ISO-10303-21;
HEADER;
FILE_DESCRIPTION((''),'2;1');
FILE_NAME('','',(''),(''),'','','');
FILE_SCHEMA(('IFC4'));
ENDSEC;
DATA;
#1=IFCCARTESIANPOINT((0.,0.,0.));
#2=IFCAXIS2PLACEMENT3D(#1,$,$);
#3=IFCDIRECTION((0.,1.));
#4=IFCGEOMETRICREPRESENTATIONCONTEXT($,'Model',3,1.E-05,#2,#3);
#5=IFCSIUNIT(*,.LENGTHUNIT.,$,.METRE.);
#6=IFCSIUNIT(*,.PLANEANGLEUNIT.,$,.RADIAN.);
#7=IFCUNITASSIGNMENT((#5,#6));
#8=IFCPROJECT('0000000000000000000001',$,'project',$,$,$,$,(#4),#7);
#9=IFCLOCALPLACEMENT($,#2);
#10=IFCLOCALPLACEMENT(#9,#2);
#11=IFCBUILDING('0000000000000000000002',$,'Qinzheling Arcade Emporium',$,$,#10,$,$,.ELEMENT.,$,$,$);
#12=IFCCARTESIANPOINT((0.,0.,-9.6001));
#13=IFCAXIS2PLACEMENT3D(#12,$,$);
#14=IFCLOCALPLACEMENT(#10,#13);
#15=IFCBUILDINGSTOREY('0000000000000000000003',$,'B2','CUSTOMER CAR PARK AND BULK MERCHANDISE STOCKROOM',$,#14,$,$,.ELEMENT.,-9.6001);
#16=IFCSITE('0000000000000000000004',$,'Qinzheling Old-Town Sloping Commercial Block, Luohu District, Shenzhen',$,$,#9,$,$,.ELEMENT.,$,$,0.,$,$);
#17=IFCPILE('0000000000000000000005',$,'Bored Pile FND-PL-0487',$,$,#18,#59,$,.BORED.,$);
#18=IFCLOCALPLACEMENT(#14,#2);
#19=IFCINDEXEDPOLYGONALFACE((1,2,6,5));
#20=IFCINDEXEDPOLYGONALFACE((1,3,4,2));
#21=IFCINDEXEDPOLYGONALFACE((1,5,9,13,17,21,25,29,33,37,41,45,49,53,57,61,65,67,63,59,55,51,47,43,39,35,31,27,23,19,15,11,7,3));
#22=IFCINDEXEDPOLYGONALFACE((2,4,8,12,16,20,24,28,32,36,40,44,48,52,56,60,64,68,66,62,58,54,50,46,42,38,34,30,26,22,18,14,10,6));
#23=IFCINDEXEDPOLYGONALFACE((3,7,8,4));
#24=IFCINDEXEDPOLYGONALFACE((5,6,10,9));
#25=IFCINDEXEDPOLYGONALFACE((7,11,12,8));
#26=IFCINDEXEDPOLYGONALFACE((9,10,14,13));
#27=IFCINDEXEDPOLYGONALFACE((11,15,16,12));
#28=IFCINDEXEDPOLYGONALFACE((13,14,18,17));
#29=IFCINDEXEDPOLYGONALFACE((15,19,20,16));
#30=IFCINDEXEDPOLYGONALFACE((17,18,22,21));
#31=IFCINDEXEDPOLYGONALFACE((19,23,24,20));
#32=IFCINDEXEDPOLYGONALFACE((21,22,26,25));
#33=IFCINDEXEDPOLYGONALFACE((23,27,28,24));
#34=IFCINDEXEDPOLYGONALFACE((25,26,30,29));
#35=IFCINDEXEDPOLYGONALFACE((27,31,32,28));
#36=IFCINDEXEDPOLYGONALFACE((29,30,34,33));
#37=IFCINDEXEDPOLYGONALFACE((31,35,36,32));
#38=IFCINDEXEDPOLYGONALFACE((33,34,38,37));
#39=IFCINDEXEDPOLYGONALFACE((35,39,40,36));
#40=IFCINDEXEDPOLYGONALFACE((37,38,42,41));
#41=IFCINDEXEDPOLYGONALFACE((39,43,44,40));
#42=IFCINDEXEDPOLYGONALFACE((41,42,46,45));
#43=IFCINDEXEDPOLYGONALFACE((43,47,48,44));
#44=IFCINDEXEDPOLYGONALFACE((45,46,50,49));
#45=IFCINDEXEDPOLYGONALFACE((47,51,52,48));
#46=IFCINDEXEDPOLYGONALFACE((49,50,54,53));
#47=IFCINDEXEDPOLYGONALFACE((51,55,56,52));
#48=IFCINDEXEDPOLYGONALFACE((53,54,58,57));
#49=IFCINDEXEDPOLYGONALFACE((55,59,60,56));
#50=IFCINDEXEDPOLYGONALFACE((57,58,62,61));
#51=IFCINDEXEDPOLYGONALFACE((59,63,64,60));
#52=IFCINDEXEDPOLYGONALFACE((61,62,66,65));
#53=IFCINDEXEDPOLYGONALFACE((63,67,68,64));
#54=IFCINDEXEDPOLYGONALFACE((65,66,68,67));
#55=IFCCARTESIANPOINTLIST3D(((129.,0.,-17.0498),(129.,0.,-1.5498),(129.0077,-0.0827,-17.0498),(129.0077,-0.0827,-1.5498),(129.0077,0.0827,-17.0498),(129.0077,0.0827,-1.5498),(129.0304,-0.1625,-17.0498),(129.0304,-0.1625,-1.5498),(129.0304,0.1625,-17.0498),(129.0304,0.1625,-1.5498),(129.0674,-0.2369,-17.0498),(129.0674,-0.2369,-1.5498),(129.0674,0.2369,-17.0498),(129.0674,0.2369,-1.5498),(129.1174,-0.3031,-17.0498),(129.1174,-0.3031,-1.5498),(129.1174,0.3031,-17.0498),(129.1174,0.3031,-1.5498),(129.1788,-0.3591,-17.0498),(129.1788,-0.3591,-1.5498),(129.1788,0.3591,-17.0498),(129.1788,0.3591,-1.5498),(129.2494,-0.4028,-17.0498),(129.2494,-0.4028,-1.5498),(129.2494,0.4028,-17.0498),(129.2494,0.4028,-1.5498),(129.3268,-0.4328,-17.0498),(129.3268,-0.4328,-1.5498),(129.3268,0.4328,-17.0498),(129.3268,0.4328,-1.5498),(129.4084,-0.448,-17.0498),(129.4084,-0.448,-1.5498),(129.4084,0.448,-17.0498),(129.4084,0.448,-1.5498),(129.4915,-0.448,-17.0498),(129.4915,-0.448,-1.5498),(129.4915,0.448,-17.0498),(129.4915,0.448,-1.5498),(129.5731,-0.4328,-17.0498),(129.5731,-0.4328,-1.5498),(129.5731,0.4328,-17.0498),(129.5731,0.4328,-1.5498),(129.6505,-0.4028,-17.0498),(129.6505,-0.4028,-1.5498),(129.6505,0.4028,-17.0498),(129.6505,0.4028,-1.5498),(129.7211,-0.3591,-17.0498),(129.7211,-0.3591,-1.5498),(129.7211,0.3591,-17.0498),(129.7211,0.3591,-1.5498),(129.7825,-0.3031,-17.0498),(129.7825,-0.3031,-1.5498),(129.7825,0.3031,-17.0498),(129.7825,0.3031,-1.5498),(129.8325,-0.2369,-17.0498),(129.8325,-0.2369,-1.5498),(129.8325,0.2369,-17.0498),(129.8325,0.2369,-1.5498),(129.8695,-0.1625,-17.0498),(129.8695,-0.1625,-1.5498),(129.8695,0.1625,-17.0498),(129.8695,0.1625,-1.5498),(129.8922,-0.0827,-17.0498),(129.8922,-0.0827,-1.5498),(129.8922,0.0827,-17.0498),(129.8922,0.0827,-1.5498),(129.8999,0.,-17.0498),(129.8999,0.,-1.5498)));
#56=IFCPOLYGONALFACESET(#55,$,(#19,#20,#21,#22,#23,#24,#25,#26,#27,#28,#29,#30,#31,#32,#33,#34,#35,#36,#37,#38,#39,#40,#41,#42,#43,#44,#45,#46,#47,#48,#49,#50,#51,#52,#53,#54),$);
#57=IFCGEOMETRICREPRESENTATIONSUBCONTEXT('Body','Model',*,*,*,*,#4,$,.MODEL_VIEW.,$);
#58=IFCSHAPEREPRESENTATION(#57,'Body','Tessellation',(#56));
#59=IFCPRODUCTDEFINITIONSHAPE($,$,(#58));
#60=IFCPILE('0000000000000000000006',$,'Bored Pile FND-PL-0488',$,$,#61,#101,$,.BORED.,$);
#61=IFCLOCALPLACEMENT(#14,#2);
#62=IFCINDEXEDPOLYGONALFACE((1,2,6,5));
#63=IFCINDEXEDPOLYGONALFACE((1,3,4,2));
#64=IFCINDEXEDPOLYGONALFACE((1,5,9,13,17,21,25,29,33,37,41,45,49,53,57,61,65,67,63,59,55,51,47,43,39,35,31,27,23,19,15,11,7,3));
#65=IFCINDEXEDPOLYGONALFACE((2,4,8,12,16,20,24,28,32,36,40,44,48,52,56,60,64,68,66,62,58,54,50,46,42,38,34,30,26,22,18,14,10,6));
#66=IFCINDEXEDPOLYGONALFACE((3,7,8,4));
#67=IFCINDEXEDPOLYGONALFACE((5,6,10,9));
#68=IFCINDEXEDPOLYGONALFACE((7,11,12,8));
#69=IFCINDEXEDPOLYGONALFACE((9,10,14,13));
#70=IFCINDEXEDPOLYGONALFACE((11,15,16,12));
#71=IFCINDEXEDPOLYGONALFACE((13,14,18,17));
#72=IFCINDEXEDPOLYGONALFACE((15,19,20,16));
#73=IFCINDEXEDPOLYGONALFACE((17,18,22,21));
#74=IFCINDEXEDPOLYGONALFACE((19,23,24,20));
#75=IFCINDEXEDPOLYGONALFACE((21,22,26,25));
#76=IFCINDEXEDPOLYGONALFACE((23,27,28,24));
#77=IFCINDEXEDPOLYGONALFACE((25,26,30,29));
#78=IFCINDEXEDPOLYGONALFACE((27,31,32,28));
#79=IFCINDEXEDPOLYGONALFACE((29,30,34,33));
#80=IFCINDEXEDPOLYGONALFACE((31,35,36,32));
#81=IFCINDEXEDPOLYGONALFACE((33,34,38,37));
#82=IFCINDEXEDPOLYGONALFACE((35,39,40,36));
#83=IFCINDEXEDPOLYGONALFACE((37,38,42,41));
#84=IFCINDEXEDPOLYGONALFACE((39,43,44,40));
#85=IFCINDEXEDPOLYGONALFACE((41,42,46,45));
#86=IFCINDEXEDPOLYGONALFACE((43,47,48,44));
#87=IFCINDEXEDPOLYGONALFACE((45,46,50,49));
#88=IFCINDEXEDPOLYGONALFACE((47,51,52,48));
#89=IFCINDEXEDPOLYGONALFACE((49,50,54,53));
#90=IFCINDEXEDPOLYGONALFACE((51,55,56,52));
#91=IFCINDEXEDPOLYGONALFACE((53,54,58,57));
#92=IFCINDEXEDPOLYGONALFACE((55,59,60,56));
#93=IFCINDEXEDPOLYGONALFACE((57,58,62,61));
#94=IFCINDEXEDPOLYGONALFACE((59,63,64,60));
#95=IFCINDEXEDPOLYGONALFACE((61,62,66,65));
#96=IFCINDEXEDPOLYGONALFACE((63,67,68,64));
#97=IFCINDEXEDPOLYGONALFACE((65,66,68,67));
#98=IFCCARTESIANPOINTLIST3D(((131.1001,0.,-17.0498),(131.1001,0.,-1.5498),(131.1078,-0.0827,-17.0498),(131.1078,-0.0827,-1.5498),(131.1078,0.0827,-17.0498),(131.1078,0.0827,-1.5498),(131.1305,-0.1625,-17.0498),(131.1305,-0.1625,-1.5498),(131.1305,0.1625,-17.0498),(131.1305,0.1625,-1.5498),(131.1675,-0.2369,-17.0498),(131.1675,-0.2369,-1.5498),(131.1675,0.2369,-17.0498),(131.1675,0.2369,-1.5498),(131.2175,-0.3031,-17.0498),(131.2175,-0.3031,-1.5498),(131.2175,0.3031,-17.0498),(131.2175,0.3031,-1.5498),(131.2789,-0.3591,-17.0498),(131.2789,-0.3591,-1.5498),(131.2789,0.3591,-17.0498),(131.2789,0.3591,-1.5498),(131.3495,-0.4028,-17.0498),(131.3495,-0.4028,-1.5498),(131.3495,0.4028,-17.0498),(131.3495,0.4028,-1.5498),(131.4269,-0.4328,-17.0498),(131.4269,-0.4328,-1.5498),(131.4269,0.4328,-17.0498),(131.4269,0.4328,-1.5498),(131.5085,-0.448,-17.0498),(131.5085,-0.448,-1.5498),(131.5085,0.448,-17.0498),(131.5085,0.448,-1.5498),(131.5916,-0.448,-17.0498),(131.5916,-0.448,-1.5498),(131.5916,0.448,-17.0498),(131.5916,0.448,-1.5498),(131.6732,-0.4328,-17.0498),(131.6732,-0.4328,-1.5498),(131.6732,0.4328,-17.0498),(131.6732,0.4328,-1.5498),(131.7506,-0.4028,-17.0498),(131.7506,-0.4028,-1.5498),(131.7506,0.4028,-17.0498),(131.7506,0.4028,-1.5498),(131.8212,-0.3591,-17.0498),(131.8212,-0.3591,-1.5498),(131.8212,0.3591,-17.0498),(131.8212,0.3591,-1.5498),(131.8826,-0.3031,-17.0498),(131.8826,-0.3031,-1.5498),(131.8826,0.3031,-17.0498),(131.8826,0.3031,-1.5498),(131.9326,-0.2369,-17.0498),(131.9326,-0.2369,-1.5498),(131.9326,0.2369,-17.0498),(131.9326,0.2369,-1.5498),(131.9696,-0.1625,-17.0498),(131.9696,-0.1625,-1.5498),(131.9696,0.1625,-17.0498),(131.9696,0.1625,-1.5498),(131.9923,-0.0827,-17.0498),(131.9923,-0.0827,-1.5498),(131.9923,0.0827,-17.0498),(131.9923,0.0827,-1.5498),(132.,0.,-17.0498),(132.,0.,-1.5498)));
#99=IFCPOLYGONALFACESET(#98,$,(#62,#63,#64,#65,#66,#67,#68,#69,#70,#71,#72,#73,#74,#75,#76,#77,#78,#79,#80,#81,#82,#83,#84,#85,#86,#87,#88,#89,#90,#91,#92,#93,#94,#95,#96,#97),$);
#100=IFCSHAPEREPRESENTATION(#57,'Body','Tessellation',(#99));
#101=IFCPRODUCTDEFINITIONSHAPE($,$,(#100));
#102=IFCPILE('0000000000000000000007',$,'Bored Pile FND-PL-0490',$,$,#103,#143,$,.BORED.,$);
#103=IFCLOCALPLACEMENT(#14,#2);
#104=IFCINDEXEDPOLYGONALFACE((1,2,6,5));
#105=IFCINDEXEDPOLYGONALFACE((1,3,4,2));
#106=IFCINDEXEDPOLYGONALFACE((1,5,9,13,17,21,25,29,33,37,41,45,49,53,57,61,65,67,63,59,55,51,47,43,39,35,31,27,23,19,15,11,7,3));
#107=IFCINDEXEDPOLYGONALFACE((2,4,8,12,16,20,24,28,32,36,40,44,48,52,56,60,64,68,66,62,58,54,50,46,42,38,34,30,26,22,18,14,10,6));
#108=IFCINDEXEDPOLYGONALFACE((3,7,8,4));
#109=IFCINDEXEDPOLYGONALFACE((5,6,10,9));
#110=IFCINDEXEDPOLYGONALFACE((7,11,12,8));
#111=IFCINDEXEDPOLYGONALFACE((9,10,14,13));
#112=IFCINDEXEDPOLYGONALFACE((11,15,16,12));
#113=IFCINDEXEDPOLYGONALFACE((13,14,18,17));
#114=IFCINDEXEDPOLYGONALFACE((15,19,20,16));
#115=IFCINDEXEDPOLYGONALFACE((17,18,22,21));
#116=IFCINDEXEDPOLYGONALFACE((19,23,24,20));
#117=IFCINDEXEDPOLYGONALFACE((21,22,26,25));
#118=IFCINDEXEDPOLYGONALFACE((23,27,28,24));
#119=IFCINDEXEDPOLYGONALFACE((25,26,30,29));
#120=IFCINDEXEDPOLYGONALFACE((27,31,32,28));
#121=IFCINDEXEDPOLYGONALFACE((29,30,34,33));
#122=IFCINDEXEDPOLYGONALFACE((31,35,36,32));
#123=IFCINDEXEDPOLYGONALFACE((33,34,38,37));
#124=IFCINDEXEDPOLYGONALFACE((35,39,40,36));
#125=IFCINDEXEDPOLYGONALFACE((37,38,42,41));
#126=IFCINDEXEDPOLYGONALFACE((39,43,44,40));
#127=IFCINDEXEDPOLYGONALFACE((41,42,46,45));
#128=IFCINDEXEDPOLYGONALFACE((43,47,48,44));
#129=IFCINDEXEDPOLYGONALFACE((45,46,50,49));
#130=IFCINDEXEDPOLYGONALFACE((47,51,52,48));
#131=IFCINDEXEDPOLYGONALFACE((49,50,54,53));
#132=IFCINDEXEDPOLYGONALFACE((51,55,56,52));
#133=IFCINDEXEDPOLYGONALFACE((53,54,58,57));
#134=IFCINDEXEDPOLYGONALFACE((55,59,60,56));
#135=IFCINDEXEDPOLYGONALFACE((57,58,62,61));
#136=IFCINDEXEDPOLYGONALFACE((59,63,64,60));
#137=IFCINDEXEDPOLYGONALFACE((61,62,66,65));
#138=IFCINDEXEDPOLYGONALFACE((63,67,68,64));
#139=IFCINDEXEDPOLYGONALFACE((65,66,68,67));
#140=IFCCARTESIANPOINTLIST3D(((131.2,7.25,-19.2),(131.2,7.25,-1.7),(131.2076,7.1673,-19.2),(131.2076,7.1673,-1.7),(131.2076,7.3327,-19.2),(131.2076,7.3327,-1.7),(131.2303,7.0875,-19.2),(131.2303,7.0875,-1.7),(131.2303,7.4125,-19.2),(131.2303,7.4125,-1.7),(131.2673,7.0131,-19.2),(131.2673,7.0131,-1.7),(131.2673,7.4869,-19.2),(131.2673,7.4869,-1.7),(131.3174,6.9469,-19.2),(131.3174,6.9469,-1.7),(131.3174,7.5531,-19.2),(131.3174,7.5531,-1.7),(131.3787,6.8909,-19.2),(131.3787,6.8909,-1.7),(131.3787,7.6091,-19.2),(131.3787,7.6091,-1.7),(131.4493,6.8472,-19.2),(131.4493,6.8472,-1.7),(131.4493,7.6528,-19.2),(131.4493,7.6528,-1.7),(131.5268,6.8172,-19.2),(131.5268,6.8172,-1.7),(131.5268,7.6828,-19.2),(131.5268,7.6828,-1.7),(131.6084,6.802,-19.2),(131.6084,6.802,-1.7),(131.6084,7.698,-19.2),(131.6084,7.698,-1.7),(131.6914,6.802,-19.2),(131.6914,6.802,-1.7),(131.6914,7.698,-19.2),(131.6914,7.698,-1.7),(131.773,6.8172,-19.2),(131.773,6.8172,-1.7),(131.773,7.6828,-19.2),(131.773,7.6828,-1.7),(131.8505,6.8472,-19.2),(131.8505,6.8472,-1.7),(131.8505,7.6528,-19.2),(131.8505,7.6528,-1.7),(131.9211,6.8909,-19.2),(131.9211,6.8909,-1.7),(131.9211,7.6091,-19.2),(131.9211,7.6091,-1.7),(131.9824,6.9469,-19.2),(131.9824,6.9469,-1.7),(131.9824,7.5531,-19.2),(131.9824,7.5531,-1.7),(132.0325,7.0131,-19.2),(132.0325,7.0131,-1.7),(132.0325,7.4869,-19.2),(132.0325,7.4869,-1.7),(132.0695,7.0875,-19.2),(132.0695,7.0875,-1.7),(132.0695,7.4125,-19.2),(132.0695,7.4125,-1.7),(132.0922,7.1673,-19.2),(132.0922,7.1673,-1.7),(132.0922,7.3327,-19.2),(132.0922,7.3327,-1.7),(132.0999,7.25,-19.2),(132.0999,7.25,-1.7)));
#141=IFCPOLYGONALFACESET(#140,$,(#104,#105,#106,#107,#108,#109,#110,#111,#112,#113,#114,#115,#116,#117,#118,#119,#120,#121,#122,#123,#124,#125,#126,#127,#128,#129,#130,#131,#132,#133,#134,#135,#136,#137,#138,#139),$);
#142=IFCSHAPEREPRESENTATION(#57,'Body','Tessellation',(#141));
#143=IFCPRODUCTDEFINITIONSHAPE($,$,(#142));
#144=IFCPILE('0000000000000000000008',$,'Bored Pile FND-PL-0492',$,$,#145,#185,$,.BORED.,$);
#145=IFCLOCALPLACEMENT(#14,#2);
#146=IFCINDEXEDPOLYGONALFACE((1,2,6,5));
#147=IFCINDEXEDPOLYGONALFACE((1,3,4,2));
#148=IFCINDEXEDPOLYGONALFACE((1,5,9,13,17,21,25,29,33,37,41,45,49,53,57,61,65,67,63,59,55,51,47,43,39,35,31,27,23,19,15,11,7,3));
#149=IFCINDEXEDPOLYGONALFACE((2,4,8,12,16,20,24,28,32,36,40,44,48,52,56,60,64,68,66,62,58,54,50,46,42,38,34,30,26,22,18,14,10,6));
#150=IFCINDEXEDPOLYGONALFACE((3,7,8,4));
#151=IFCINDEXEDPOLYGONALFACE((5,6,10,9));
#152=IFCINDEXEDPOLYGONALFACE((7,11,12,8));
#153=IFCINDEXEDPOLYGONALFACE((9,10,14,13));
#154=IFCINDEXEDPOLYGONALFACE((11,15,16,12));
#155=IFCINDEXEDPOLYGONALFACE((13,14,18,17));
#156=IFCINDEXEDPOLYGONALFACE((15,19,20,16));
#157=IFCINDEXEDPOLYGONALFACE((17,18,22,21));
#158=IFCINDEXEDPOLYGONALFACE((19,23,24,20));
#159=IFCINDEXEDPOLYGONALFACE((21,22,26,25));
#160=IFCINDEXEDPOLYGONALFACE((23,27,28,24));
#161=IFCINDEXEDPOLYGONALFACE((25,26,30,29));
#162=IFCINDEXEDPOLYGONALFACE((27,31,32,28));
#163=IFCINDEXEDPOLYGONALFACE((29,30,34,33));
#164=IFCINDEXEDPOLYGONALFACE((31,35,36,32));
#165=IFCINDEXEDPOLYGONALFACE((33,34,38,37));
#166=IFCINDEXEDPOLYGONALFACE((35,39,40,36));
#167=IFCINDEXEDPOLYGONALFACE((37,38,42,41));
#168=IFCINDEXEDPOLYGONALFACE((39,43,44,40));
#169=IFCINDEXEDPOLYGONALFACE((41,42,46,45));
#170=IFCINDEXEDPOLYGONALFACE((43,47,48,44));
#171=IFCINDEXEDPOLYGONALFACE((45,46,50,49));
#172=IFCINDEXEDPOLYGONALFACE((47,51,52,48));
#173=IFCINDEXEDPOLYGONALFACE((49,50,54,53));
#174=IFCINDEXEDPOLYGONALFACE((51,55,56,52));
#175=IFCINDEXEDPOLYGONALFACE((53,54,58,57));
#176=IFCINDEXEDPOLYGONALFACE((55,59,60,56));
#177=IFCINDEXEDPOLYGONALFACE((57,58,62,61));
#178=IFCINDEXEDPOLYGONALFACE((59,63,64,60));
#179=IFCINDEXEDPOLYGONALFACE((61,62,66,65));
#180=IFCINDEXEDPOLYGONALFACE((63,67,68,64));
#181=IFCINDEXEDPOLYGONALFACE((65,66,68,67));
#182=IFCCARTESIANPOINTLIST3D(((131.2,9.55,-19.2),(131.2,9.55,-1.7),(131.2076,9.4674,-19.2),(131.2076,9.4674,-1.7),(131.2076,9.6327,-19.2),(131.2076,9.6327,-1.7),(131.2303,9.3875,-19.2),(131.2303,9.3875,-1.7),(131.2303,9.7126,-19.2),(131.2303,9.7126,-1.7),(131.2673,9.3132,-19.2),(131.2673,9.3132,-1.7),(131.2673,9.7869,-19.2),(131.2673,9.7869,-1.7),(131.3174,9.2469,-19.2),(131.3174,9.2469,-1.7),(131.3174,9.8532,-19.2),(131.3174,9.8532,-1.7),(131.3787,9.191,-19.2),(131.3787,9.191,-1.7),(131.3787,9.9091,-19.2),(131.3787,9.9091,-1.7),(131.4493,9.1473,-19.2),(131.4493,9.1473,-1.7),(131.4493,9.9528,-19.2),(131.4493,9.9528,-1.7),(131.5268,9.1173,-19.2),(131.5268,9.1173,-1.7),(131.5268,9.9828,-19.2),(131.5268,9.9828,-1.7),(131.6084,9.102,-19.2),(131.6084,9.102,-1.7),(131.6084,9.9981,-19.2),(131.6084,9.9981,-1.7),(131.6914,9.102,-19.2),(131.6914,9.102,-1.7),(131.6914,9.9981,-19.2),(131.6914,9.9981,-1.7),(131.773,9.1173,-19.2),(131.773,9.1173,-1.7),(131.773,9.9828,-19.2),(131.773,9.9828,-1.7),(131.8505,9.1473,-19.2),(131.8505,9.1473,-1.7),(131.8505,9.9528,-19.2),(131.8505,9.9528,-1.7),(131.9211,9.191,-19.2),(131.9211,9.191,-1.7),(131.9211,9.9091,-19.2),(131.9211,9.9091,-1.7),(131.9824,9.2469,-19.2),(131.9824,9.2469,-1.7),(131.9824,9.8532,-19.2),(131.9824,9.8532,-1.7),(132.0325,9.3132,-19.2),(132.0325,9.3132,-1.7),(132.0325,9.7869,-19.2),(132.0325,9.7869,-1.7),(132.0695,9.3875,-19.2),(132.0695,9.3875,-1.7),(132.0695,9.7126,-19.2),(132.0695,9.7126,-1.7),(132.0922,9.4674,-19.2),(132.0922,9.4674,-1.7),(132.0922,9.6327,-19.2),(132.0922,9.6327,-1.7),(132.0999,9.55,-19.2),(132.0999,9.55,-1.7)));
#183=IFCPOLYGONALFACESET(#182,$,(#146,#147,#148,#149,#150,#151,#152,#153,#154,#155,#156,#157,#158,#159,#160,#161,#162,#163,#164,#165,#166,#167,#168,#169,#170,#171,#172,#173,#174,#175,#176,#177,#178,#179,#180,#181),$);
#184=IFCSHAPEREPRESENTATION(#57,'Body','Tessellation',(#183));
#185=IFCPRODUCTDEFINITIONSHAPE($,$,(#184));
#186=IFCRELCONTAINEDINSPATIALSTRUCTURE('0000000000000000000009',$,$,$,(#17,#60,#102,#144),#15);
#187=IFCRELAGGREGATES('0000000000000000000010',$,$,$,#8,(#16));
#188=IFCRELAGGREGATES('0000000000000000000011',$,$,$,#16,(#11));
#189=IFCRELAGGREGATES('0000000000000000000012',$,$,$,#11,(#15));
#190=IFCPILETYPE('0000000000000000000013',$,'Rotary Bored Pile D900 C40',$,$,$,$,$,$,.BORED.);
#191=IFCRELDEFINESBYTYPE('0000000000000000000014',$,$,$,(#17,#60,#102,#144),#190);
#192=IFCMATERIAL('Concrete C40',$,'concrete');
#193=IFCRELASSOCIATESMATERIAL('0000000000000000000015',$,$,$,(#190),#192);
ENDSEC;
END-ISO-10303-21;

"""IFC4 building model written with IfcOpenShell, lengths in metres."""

from ifc_helpers import new_model, si_unit, direction, frame, origin, origin_2d, place, context, subcontext, project, spatial, circle, extrude, material, material_profile, profile_set, type_object, element, save


model = new_model("IFC4")

# Units and contexts
model_context = context("Model", 3, precision=1e-05, world=origin(), true_north=direction((0.0, 1.0)))
body_context = subcontext(model_context, "Body", "Model", "MODEL_VIEW")
ifc_project = project(units=[si_unit("LENGTHUNIT", "METRE"), si_unit("PLANEANGLEUNIT", "RADIAN")], contexts=[model_context])

# Site, building, storey
site_placement = place(None, origin())
site = spatial("IfcSite", under=ifc_project, at=site_placement, Name="Qinzheling Old-Town Sloping Commercial Block, Luohu District, Shenzhen", CompositionType="ELEMENT", RefElevation=0.0)
building_placement = place(site_placement, origin())
building = spatial("IfcBuilding", under=site, at=building_placement, Name="Qinzheling Arcade Emporium", CompositionType="ELEMENT")
storey_placement = place(building_placement, frame((0.0, 0.0, -9.6001)))
storey = spatial("IfcBuildingStorey", under=building, at=storey_placement, Name="B2", Description="CUSTOMER CAR PARK AND BULK MERCHANDISE STOCKROOM", CompositionType="ELEMENT", Elevation=-9.6001)

# Shared definitions
ifc_material_1 = material(Name="Concrete C40", Category="concrete")

# Piles
ifc_material_profile_1 = material_profile(ifc_material_1, circle(Radius=0.45, at=origin_2d()), Name="BORED D900", Category="concrete")
ifc_profile_set_1 = profile_set([ifc_material_profile_1], Name="Concrete C40")
pile_type_1 = type_object("IfcPileType", Name="Rotary Bored Pile D900 C40", PredefinedType="BORED", material=ifc_profile_set_1)
for number, where, z_axis, x_axis, name in (
    (1, (129.45, 0.0, -1.5498), (0.0, 0.0, -1.0), (1.0, 0.0, 0.0), "Bored Pile FND-PL-0487"),
    (2, (131.55, 0.0, -1.5498), (0.0, 0.0, -1.0), (1.0, 0.0, 0.0), "Bored Pile FND-PL-0488"),
):
    element("IfcPile", number, at=place(storey_placement, frame(where, z_axis=z_axis, x_axis=x_axis)), inside=storey, type_object=pile_type_1, Name=name, PredefinedType="BORED", context=body_context, shape_type="SweptSolid", body=[
        extrude(circle(Radius=0.45, at=origin_2d()), origin(), (0.0, 0.0, 1.0), 15.5),
    ])
for number, where, z_axis, x_axis, name in (
    (3, (131.6499, 7.25, -1.7), (0.0, 0.0, -1.0), (1.0, 0.0, 0.0), "Bored Pile FND-PL-0490"),
    (4, (131.6499, 9.55, -1.7), (0.0, 0.0, -1.0), (1.0, 0.0, 0.0), "Bored Pile FND-PL-0492"),
):
    element("IfcPile", number, at=place(storey_placement, frame(where, z_axis=z_axis, x_axis=x_axis)), inside=storey, type_object=pile_type_1, Name=name, PredefinedType="BORED", context=body_context, shape_type="SweptSolid", body=[
        extrude(circle(Radius=0.45, at=origin_2d()), origin(), (0.0, 0.0, 1.0), 17.5),
    ])

save(model, "model.ifc")
